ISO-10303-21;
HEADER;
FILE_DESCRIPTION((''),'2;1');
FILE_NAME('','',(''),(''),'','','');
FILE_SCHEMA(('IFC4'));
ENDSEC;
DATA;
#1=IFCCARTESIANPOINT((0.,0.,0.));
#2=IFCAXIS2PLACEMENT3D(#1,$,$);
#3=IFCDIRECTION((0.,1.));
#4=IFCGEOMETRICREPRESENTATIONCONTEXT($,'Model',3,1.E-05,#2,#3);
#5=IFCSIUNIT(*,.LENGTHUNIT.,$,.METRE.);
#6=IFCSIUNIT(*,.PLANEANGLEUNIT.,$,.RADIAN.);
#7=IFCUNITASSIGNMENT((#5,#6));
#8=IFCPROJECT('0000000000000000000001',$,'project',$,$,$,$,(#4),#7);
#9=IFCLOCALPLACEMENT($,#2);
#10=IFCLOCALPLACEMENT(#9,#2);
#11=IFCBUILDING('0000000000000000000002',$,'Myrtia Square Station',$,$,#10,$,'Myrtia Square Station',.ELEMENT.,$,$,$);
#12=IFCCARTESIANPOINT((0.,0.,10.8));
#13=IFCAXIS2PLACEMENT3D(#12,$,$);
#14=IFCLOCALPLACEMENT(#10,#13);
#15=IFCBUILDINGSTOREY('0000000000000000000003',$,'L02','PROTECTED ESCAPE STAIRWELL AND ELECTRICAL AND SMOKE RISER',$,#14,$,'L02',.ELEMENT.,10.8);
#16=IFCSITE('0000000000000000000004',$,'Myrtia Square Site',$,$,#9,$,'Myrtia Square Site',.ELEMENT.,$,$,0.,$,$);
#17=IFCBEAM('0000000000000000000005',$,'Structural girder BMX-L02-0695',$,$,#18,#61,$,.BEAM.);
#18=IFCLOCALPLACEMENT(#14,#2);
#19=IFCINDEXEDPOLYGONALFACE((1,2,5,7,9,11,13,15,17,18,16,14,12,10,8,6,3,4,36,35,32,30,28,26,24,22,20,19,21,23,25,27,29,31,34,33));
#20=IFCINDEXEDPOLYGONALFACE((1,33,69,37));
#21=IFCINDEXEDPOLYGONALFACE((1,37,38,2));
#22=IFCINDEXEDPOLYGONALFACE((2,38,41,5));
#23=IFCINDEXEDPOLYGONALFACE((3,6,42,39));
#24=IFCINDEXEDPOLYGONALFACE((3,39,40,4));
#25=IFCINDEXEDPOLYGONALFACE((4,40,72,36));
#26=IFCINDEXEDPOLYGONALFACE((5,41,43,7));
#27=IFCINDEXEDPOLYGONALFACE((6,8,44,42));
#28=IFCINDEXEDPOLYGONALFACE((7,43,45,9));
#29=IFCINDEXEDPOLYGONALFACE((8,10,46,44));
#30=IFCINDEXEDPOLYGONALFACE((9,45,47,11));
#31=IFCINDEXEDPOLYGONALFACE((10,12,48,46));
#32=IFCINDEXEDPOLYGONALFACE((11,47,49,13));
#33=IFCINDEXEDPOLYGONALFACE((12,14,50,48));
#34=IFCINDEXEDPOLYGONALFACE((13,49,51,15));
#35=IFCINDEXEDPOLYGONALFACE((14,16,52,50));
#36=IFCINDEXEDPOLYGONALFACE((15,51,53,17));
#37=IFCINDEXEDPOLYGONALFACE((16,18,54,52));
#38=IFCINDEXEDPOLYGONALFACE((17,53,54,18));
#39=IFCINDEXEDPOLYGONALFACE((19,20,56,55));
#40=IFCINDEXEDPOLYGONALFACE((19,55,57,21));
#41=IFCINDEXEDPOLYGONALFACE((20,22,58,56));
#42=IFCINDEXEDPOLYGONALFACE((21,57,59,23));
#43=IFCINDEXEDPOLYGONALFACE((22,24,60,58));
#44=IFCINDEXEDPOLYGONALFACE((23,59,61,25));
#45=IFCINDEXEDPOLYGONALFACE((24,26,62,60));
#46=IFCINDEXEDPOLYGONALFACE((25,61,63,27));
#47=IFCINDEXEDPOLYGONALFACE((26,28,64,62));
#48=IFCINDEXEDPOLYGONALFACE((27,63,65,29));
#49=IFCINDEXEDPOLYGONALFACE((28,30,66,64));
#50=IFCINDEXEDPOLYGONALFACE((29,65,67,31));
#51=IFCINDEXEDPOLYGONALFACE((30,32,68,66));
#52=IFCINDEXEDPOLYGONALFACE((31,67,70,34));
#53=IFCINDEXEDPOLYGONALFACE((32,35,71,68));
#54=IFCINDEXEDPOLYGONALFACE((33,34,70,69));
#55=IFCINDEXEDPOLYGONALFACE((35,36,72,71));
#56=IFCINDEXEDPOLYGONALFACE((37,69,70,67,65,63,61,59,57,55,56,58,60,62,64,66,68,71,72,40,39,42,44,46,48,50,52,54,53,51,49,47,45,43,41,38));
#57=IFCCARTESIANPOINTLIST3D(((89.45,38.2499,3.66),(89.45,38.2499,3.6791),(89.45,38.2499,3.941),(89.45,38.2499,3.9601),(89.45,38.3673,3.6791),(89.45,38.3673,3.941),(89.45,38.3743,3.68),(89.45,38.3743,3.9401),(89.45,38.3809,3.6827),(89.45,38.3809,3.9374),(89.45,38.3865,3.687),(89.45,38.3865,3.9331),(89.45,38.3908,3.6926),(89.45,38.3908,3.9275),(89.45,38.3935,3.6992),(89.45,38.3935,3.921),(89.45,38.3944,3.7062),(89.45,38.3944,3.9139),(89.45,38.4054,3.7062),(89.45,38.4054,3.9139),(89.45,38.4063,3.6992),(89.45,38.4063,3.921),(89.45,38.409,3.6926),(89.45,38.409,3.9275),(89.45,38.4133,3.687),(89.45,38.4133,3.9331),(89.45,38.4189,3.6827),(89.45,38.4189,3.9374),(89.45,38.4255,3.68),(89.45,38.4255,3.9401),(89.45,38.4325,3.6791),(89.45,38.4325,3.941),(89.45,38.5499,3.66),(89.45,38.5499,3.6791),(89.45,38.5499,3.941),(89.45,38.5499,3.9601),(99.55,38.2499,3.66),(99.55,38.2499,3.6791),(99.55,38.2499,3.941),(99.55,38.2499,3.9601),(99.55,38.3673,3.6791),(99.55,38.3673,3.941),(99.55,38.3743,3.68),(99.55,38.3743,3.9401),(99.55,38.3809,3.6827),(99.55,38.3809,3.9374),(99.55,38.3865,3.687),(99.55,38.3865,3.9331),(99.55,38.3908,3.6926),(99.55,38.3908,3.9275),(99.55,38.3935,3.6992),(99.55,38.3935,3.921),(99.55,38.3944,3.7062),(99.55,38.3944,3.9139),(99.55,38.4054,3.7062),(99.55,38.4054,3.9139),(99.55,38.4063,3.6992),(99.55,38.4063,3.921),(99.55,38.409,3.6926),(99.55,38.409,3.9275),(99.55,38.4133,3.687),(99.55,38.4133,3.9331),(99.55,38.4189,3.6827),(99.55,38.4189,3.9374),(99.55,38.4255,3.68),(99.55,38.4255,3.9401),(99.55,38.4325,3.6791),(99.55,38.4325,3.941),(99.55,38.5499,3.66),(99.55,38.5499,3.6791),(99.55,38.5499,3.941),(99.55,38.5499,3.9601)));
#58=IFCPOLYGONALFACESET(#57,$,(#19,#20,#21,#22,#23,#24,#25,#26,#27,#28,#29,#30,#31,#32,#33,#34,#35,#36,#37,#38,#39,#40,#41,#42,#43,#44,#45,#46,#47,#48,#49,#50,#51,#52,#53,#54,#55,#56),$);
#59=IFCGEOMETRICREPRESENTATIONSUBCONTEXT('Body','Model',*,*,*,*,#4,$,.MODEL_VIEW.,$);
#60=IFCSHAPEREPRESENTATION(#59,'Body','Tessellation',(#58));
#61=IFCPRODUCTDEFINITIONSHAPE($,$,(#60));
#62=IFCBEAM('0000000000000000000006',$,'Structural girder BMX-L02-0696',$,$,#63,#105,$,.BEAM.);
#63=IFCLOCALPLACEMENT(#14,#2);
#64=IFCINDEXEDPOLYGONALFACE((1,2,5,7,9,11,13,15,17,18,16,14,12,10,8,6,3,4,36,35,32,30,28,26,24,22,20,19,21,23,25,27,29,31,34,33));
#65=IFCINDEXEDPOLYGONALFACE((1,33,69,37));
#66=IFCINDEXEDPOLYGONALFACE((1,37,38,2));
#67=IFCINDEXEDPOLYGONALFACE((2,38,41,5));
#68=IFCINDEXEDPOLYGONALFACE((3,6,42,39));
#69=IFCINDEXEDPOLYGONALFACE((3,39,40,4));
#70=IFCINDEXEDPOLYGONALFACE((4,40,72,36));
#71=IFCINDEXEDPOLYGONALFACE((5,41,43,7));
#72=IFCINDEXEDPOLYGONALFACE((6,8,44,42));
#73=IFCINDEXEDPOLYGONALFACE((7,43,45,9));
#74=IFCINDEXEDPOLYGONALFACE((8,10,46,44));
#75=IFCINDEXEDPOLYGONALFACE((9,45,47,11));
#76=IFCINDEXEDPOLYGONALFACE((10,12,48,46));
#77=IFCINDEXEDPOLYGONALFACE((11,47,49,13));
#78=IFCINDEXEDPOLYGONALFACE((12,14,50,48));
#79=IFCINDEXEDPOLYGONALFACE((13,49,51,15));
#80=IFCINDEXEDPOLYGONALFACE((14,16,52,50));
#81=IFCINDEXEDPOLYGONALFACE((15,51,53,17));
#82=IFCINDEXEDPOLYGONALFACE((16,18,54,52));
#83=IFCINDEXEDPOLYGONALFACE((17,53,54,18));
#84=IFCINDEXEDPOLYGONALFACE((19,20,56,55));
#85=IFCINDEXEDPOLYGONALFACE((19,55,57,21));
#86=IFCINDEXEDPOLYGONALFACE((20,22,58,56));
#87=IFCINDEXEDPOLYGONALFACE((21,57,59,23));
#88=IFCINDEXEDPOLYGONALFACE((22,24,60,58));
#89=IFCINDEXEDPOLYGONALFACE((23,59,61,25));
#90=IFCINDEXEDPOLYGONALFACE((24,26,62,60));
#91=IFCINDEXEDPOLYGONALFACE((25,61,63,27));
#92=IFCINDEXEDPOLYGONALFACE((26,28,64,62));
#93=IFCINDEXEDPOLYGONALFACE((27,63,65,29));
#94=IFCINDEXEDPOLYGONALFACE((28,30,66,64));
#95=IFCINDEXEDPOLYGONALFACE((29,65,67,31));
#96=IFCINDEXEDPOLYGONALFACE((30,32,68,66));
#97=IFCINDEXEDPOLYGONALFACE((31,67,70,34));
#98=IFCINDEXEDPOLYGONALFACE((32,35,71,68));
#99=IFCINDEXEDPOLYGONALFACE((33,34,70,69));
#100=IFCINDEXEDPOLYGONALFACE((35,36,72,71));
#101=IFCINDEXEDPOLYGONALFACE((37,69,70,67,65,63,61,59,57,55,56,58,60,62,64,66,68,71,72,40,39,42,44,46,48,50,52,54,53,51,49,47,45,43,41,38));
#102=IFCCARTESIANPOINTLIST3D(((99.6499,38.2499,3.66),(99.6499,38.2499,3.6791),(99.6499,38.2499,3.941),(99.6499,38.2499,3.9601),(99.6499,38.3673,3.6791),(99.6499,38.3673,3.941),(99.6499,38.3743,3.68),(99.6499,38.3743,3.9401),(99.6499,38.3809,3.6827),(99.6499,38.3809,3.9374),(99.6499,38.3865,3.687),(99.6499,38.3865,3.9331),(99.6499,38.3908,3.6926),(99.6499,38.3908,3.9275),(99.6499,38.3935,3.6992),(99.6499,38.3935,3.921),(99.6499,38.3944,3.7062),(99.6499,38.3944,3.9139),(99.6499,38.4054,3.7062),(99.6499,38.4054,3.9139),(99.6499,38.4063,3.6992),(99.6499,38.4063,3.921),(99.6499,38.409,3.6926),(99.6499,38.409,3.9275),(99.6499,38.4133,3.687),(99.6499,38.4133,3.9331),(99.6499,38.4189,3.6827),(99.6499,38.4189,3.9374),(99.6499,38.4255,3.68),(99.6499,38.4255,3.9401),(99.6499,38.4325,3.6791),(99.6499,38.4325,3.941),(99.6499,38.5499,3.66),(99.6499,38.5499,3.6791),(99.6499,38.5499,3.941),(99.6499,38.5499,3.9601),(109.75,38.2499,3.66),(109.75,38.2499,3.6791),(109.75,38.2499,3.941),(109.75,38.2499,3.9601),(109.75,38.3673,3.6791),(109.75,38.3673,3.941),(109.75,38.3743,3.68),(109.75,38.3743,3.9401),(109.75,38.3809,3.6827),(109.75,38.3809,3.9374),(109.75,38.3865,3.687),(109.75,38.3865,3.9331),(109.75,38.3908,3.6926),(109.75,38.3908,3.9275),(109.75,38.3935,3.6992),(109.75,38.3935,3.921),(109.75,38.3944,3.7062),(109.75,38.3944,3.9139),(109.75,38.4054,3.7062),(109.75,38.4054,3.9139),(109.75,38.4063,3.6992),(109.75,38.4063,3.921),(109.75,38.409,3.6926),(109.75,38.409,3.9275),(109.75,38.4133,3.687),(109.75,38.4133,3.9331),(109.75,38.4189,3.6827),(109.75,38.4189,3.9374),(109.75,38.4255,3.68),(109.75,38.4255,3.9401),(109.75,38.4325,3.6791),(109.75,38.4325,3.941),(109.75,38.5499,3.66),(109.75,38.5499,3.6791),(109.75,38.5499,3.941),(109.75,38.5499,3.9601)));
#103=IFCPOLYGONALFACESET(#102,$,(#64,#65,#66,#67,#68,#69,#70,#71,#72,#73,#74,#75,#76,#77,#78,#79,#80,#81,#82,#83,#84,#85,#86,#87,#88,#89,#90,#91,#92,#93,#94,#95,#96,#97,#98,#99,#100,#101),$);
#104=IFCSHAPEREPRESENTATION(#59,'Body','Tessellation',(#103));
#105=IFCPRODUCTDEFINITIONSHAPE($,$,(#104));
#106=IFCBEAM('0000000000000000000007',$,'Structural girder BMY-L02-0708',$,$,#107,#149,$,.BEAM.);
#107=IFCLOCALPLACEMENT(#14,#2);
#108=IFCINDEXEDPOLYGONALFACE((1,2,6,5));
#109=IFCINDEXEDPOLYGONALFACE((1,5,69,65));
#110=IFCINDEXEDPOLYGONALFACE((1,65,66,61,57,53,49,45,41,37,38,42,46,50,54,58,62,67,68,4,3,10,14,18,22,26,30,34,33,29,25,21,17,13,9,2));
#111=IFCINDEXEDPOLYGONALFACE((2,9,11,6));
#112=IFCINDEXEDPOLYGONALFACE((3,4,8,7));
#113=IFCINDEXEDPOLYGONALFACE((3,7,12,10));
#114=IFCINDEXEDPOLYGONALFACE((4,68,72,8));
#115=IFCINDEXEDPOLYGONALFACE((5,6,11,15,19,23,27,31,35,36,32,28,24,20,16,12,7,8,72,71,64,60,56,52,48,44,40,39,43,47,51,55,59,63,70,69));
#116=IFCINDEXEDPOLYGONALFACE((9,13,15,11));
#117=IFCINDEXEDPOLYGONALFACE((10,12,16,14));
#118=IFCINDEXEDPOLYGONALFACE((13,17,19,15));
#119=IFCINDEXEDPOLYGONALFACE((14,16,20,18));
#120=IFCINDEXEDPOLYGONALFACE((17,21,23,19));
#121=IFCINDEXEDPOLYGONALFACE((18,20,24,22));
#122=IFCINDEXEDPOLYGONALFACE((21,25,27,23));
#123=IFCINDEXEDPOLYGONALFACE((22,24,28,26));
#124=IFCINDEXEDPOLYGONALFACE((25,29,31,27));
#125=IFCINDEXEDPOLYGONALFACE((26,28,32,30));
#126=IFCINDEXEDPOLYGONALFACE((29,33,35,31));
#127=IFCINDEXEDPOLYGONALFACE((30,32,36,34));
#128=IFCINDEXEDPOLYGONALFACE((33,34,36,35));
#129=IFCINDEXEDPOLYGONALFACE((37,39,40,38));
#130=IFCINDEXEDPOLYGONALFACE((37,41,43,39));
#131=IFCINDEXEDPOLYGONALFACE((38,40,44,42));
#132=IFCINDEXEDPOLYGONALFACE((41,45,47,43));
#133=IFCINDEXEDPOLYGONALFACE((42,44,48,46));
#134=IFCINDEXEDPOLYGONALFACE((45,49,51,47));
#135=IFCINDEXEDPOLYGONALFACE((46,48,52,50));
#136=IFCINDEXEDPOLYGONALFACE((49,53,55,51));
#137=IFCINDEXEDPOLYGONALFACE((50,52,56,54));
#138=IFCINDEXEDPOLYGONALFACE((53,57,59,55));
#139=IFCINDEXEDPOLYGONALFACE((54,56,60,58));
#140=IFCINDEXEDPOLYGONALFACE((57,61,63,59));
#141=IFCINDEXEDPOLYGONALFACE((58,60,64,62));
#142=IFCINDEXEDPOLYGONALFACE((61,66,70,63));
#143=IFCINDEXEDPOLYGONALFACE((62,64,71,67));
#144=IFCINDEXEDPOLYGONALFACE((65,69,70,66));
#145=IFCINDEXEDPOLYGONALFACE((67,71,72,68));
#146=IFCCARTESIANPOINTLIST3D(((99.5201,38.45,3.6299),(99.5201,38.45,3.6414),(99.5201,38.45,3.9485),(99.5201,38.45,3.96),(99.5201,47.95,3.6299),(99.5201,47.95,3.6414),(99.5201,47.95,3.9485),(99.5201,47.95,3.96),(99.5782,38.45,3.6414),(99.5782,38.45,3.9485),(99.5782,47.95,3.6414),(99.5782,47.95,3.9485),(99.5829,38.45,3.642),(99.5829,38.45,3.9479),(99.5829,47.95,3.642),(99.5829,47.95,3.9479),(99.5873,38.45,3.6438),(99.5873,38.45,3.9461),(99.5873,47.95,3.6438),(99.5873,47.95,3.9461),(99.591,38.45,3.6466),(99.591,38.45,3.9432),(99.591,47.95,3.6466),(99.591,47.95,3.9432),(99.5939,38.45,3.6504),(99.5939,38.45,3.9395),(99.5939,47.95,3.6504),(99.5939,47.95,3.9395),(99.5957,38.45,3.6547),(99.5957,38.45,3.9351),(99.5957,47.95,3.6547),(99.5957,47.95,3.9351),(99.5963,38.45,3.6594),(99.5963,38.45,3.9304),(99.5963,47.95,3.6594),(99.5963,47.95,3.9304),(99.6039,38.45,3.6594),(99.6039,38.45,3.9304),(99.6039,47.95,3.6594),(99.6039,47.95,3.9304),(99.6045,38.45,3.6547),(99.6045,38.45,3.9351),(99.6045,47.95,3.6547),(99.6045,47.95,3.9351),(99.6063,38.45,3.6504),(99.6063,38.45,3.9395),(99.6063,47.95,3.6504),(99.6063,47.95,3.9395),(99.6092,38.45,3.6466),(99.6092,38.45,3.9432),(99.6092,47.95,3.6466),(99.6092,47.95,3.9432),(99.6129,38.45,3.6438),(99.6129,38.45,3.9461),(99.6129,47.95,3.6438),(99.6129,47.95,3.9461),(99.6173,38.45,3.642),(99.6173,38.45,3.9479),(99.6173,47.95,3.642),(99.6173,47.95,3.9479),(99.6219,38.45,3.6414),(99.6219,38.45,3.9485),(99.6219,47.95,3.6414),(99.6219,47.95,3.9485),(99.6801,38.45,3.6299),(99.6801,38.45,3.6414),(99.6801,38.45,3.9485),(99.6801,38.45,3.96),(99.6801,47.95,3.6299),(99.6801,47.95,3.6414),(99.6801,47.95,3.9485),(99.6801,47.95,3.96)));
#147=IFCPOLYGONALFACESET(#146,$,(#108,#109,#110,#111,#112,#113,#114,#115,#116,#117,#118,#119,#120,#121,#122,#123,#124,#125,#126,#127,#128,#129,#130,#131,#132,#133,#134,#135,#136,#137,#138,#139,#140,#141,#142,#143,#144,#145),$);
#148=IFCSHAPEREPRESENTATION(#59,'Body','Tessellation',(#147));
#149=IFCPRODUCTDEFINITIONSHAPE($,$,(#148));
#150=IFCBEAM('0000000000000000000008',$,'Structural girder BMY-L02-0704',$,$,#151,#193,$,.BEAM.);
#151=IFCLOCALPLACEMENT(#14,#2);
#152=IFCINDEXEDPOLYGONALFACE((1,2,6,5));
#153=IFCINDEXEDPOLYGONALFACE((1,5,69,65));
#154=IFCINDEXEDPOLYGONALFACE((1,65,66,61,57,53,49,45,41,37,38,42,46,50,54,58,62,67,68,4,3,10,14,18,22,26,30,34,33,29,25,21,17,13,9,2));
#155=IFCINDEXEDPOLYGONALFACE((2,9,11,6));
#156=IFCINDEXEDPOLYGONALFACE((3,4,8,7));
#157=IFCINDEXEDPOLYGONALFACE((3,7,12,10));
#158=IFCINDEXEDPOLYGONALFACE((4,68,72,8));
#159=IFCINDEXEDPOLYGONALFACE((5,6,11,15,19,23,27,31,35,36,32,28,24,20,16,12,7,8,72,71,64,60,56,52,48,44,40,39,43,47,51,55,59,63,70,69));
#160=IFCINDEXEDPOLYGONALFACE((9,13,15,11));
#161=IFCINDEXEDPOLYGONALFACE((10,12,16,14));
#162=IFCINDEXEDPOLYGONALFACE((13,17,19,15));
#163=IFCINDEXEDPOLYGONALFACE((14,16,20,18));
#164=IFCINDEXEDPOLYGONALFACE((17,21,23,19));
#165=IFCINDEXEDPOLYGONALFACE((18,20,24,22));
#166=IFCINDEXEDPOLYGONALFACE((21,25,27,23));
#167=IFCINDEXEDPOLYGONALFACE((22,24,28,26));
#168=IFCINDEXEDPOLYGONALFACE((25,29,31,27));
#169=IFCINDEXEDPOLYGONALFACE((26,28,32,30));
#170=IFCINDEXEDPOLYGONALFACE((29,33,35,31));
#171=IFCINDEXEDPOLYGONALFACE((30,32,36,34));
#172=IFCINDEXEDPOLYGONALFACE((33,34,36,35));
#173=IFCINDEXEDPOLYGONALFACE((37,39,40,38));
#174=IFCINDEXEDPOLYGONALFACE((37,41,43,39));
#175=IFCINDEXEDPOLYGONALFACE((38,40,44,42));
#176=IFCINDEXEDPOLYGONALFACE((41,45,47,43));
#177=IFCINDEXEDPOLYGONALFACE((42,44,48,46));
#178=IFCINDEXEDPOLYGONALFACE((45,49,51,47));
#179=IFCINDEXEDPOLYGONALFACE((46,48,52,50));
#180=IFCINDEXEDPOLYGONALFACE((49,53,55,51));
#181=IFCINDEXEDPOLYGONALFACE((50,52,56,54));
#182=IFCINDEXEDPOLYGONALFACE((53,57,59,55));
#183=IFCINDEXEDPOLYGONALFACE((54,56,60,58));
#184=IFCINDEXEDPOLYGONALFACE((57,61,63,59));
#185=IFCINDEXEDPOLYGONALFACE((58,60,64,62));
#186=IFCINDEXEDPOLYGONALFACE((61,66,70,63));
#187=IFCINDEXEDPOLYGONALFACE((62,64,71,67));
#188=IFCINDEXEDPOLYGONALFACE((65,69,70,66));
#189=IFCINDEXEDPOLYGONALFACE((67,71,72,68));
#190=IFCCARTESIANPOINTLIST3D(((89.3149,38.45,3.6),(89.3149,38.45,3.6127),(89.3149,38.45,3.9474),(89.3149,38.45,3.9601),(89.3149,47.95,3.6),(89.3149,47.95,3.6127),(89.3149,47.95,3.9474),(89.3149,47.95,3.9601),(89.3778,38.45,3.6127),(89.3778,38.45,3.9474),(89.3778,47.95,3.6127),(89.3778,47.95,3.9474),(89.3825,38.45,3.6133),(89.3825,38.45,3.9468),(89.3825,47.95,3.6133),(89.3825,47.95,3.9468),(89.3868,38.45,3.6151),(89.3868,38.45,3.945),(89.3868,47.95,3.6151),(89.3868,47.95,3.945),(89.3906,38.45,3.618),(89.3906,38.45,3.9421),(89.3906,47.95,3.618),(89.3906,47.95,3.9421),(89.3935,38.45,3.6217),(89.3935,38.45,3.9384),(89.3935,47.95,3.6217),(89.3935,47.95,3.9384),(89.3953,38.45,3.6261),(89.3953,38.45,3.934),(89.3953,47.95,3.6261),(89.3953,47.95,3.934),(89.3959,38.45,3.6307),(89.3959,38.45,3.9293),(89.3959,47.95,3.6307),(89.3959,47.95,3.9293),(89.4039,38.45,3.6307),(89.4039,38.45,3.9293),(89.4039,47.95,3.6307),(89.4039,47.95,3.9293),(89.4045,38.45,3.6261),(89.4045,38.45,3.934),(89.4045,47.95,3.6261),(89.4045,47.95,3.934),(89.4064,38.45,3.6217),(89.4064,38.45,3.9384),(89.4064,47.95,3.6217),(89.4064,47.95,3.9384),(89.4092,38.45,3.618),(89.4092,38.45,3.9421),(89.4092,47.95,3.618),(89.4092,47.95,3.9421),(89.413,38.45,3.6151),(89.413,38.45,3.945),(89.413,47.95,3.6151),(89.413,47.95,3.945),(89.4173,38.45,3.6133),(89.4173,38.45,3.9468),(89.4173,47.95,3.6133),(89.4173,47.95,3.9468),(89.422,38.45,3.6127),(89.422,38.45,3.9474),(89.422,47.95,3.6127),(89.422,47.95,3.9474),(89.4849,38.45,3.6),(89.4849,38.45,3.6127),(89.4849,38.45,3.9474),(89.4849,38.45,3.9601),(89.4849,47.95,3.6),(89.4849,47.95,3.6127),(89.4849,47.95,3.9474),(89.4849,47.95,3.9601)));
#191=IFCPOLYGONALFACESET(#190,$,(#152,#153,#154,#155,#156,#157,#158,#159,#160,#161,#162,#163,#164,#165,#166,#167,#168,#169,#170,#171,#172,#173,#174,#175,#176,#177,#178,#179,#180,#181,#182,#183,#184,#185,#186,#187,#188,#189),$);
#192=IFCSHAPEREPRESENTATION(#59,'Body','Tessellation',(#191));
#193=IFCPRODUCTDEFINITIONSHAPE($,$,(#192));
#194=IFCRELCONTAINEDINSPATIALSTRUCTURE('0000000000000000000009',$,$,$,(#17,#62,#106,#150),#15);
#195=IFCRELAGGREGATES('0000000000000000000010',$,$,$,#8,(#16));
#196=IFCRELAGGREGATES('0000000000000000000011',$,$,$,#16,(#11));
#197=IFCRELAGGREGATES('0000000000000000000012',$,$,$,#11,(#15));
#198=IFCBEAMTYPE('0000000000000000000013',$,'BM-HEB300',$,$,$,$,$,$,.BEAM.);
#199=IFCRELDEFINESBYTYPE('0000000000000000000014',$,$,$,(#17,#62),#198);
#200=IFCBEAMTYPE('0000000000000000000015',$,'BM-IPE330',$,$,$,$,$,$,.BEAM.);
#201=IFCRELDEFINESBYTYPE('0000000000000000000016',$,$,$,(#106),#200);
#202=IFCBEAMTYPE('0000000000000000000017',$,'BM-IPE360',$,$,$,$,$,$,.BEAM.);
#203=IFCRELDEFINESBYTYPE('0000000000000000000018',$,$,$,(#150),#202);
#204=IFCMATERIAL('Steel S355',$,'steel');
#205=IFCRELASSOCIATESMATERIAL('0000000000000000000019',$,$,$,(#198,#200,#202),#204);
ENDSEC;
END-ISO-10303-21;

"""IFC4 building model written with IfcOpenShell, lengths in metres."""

from ifc_helpers import new_model, si_unit, direction, frame, origin, origin_2d, place, context, subcontext, project, spatial, i_section, extrude, material, material_profile, profile_set, type_object, element, save


model = new_model("IFC4")

# Units and contexts
model_context = context("Model", 3, precision=1e-05, world=origin(), true_north=direction((0.0, 1.0)))
body_context = subcontext(model_context, "Body", "Model", "MODEL_VIEW")
ifc_project = project(units=[si_unit("LENGTHUNIT", "METRE"), si_unit("PLANEANGLEUNIT", "RADIAN")], contexts=[model_context])

# Site, building, storey
site_placement = place(None, origin())
site = spatial("IfcSite", under=ifc_project, at=site_placement, Name="Myrtia Square Site", LongName="Myrtia Square Site", CompositionType="ELEMENT", RefElevation=0.0)
building_placement = place(site_placement, origin())
building = spatial("IfcBuilding", under=site, at=building_placement, Name="Myrtia Square Station", LongName="Myrtia Square Station", CompositionType="ELEMENT")
storey_placement = place(building_placement, frame((0.0, 0.0, 10.8)))
storey = spatial("IfcBuildingStorey", under=building, at=storey_placement, Name="L02", Description="PROTECTED ESCAPE STAIRWELL AND ELECTRICAL AND SMOKE RISER", LongName="L02", CompositionType="ELEMENT", Elevation=10.8)

# Shared definitions
ifc_material_1 = material(Name="Steel S355", Category="steel")

# Beams
ifc_material_profile_1 = material_profile(ifc_material_1, i_section(OverallWidth=0.3, OverallDepth=0.3, WebThickness=0.011, FlangeThickness=0.019, FilletRadius=0.0271, at=origin_2d()), Name="HEB 300")
ifc_profile_set_1 = profile_set([ifc_material_profile_1], Name="Steel S355")
beam_type_1 = type_object("IfcBeamType", Name="BM-HEB300", PredefinedType="BEAM", material=ifc_profile_set_1)
for number, where, z_axis, x_axis, name in (
    (1, (89.45, 38.3999, 3.8101), (1.0, 0.0, 0.0), (0.0, 1.0, 0.0), "Structural girder BMX-L02-0695"),
    (2, (99.6499, 38.3999, 3.8101), (1.0, 0.0, 0.0), (0.0, 1.0, 0.0), "Structural girder BMX-L02-0696"),
):
    element("IfcBeam", number, at=place(storey_placement, frame(where, z_axis=z_axis, x_axis=x_axis)), inside=storey, type_object=beam_type_1, Name=name, PredefinedType="BEAM", context=body_context, shape_type="SweptSolid", body=[
        extrude(i_section(OverallWidth=0.3, OverallDepth=0.3, WebThickness=0.011, FlangeThickness=0.019, FilletRadius=0.0271, at=origin_2d()), origin(), (0.0, 0.0, 1.0), 10.1001),
    ])
ifc_material_profile_2 = material_profile(ifc_material_1, i_section(OverallWidth=0.1599, OverallDepth=0.3301, WebThickness=0.0076, FlangeThickness=0.0115, FilletRadius=0.0181, at=origin_2d()), Name="IPE 330")
ifc_profile_set_2 = profile_set([ifc_material_profile_2], Name="Steel S355")
beam_type_2 = type_object("IfcBeamType", Name="BM-IPE330", PredefinedType="BEAM", material=ifc_profile_set_2)
beam_1_placement = place(storey_placement, frame((99.6001, 38.45, 3.7949), z_axis=(0.0, 1.0, 0.0), x_axis=(-1.0, 0.0, 0.0)))
element("IfcBeam", 3, at=beam_1_placement, inside=storey, type_object=beam_type_2, Name="Structural girder BMY-L02-0708", PredefinedType="BEAM", context=body_context, shape_type="SweptSolid", body=[
    extrude(i_section(OverallWidth=0.1599, OverallDepth=0.3301, WebThickness=0.0076, FlangeThickness=0.0115, FilletRadius=0.0181, at=origin_2d()), origin(), (0.0, 0.0, 1.0), 9.5),
])
ifc_material_profile_3 = material_profile(ifc_material_1, i_section(OverallWidth=0.1699, OverallDepth=0.3601, WebThickness=0.0081, FlangeThickness=0.0127, FilletRadius=0.0181, at=origin_2d()), Name="IPE 360")
ifc_profile_set_3 = profile_set([ifc_material_profile_3], Name="Steel S355")
beam_type_3 = type_object("IfcBeamType", Name="BM-IPE360", PredefinedType="BEAM", material=ifc_profile_set_3)
beam_2_placement = place(storey_placement, frame((89.3999, 38.45, 3.78), z_axis=(0.0, 1.0, 0.0), x_axis=(-1.0, 0.0, 0.0)))
element("IfcBeam", 4, at=beam_2_placement, inside=storey, type_object=beam_type_3, Name="Structural girder BMY-L02-0704", PredefinedType="BEAM", context=body_context, shape_type="SweptSolid", body=[
    extrude(i_section(OverallWidth=0.1699, OverallDepth=0.3601, WebThickness=0.0081, FlangeThickness=0.0127, FilletRadius=0.0181, at=origin_2d()), origin(), (0.0, 0.0, 1.0), 9.5),
])

save(model, "model.ifc")
